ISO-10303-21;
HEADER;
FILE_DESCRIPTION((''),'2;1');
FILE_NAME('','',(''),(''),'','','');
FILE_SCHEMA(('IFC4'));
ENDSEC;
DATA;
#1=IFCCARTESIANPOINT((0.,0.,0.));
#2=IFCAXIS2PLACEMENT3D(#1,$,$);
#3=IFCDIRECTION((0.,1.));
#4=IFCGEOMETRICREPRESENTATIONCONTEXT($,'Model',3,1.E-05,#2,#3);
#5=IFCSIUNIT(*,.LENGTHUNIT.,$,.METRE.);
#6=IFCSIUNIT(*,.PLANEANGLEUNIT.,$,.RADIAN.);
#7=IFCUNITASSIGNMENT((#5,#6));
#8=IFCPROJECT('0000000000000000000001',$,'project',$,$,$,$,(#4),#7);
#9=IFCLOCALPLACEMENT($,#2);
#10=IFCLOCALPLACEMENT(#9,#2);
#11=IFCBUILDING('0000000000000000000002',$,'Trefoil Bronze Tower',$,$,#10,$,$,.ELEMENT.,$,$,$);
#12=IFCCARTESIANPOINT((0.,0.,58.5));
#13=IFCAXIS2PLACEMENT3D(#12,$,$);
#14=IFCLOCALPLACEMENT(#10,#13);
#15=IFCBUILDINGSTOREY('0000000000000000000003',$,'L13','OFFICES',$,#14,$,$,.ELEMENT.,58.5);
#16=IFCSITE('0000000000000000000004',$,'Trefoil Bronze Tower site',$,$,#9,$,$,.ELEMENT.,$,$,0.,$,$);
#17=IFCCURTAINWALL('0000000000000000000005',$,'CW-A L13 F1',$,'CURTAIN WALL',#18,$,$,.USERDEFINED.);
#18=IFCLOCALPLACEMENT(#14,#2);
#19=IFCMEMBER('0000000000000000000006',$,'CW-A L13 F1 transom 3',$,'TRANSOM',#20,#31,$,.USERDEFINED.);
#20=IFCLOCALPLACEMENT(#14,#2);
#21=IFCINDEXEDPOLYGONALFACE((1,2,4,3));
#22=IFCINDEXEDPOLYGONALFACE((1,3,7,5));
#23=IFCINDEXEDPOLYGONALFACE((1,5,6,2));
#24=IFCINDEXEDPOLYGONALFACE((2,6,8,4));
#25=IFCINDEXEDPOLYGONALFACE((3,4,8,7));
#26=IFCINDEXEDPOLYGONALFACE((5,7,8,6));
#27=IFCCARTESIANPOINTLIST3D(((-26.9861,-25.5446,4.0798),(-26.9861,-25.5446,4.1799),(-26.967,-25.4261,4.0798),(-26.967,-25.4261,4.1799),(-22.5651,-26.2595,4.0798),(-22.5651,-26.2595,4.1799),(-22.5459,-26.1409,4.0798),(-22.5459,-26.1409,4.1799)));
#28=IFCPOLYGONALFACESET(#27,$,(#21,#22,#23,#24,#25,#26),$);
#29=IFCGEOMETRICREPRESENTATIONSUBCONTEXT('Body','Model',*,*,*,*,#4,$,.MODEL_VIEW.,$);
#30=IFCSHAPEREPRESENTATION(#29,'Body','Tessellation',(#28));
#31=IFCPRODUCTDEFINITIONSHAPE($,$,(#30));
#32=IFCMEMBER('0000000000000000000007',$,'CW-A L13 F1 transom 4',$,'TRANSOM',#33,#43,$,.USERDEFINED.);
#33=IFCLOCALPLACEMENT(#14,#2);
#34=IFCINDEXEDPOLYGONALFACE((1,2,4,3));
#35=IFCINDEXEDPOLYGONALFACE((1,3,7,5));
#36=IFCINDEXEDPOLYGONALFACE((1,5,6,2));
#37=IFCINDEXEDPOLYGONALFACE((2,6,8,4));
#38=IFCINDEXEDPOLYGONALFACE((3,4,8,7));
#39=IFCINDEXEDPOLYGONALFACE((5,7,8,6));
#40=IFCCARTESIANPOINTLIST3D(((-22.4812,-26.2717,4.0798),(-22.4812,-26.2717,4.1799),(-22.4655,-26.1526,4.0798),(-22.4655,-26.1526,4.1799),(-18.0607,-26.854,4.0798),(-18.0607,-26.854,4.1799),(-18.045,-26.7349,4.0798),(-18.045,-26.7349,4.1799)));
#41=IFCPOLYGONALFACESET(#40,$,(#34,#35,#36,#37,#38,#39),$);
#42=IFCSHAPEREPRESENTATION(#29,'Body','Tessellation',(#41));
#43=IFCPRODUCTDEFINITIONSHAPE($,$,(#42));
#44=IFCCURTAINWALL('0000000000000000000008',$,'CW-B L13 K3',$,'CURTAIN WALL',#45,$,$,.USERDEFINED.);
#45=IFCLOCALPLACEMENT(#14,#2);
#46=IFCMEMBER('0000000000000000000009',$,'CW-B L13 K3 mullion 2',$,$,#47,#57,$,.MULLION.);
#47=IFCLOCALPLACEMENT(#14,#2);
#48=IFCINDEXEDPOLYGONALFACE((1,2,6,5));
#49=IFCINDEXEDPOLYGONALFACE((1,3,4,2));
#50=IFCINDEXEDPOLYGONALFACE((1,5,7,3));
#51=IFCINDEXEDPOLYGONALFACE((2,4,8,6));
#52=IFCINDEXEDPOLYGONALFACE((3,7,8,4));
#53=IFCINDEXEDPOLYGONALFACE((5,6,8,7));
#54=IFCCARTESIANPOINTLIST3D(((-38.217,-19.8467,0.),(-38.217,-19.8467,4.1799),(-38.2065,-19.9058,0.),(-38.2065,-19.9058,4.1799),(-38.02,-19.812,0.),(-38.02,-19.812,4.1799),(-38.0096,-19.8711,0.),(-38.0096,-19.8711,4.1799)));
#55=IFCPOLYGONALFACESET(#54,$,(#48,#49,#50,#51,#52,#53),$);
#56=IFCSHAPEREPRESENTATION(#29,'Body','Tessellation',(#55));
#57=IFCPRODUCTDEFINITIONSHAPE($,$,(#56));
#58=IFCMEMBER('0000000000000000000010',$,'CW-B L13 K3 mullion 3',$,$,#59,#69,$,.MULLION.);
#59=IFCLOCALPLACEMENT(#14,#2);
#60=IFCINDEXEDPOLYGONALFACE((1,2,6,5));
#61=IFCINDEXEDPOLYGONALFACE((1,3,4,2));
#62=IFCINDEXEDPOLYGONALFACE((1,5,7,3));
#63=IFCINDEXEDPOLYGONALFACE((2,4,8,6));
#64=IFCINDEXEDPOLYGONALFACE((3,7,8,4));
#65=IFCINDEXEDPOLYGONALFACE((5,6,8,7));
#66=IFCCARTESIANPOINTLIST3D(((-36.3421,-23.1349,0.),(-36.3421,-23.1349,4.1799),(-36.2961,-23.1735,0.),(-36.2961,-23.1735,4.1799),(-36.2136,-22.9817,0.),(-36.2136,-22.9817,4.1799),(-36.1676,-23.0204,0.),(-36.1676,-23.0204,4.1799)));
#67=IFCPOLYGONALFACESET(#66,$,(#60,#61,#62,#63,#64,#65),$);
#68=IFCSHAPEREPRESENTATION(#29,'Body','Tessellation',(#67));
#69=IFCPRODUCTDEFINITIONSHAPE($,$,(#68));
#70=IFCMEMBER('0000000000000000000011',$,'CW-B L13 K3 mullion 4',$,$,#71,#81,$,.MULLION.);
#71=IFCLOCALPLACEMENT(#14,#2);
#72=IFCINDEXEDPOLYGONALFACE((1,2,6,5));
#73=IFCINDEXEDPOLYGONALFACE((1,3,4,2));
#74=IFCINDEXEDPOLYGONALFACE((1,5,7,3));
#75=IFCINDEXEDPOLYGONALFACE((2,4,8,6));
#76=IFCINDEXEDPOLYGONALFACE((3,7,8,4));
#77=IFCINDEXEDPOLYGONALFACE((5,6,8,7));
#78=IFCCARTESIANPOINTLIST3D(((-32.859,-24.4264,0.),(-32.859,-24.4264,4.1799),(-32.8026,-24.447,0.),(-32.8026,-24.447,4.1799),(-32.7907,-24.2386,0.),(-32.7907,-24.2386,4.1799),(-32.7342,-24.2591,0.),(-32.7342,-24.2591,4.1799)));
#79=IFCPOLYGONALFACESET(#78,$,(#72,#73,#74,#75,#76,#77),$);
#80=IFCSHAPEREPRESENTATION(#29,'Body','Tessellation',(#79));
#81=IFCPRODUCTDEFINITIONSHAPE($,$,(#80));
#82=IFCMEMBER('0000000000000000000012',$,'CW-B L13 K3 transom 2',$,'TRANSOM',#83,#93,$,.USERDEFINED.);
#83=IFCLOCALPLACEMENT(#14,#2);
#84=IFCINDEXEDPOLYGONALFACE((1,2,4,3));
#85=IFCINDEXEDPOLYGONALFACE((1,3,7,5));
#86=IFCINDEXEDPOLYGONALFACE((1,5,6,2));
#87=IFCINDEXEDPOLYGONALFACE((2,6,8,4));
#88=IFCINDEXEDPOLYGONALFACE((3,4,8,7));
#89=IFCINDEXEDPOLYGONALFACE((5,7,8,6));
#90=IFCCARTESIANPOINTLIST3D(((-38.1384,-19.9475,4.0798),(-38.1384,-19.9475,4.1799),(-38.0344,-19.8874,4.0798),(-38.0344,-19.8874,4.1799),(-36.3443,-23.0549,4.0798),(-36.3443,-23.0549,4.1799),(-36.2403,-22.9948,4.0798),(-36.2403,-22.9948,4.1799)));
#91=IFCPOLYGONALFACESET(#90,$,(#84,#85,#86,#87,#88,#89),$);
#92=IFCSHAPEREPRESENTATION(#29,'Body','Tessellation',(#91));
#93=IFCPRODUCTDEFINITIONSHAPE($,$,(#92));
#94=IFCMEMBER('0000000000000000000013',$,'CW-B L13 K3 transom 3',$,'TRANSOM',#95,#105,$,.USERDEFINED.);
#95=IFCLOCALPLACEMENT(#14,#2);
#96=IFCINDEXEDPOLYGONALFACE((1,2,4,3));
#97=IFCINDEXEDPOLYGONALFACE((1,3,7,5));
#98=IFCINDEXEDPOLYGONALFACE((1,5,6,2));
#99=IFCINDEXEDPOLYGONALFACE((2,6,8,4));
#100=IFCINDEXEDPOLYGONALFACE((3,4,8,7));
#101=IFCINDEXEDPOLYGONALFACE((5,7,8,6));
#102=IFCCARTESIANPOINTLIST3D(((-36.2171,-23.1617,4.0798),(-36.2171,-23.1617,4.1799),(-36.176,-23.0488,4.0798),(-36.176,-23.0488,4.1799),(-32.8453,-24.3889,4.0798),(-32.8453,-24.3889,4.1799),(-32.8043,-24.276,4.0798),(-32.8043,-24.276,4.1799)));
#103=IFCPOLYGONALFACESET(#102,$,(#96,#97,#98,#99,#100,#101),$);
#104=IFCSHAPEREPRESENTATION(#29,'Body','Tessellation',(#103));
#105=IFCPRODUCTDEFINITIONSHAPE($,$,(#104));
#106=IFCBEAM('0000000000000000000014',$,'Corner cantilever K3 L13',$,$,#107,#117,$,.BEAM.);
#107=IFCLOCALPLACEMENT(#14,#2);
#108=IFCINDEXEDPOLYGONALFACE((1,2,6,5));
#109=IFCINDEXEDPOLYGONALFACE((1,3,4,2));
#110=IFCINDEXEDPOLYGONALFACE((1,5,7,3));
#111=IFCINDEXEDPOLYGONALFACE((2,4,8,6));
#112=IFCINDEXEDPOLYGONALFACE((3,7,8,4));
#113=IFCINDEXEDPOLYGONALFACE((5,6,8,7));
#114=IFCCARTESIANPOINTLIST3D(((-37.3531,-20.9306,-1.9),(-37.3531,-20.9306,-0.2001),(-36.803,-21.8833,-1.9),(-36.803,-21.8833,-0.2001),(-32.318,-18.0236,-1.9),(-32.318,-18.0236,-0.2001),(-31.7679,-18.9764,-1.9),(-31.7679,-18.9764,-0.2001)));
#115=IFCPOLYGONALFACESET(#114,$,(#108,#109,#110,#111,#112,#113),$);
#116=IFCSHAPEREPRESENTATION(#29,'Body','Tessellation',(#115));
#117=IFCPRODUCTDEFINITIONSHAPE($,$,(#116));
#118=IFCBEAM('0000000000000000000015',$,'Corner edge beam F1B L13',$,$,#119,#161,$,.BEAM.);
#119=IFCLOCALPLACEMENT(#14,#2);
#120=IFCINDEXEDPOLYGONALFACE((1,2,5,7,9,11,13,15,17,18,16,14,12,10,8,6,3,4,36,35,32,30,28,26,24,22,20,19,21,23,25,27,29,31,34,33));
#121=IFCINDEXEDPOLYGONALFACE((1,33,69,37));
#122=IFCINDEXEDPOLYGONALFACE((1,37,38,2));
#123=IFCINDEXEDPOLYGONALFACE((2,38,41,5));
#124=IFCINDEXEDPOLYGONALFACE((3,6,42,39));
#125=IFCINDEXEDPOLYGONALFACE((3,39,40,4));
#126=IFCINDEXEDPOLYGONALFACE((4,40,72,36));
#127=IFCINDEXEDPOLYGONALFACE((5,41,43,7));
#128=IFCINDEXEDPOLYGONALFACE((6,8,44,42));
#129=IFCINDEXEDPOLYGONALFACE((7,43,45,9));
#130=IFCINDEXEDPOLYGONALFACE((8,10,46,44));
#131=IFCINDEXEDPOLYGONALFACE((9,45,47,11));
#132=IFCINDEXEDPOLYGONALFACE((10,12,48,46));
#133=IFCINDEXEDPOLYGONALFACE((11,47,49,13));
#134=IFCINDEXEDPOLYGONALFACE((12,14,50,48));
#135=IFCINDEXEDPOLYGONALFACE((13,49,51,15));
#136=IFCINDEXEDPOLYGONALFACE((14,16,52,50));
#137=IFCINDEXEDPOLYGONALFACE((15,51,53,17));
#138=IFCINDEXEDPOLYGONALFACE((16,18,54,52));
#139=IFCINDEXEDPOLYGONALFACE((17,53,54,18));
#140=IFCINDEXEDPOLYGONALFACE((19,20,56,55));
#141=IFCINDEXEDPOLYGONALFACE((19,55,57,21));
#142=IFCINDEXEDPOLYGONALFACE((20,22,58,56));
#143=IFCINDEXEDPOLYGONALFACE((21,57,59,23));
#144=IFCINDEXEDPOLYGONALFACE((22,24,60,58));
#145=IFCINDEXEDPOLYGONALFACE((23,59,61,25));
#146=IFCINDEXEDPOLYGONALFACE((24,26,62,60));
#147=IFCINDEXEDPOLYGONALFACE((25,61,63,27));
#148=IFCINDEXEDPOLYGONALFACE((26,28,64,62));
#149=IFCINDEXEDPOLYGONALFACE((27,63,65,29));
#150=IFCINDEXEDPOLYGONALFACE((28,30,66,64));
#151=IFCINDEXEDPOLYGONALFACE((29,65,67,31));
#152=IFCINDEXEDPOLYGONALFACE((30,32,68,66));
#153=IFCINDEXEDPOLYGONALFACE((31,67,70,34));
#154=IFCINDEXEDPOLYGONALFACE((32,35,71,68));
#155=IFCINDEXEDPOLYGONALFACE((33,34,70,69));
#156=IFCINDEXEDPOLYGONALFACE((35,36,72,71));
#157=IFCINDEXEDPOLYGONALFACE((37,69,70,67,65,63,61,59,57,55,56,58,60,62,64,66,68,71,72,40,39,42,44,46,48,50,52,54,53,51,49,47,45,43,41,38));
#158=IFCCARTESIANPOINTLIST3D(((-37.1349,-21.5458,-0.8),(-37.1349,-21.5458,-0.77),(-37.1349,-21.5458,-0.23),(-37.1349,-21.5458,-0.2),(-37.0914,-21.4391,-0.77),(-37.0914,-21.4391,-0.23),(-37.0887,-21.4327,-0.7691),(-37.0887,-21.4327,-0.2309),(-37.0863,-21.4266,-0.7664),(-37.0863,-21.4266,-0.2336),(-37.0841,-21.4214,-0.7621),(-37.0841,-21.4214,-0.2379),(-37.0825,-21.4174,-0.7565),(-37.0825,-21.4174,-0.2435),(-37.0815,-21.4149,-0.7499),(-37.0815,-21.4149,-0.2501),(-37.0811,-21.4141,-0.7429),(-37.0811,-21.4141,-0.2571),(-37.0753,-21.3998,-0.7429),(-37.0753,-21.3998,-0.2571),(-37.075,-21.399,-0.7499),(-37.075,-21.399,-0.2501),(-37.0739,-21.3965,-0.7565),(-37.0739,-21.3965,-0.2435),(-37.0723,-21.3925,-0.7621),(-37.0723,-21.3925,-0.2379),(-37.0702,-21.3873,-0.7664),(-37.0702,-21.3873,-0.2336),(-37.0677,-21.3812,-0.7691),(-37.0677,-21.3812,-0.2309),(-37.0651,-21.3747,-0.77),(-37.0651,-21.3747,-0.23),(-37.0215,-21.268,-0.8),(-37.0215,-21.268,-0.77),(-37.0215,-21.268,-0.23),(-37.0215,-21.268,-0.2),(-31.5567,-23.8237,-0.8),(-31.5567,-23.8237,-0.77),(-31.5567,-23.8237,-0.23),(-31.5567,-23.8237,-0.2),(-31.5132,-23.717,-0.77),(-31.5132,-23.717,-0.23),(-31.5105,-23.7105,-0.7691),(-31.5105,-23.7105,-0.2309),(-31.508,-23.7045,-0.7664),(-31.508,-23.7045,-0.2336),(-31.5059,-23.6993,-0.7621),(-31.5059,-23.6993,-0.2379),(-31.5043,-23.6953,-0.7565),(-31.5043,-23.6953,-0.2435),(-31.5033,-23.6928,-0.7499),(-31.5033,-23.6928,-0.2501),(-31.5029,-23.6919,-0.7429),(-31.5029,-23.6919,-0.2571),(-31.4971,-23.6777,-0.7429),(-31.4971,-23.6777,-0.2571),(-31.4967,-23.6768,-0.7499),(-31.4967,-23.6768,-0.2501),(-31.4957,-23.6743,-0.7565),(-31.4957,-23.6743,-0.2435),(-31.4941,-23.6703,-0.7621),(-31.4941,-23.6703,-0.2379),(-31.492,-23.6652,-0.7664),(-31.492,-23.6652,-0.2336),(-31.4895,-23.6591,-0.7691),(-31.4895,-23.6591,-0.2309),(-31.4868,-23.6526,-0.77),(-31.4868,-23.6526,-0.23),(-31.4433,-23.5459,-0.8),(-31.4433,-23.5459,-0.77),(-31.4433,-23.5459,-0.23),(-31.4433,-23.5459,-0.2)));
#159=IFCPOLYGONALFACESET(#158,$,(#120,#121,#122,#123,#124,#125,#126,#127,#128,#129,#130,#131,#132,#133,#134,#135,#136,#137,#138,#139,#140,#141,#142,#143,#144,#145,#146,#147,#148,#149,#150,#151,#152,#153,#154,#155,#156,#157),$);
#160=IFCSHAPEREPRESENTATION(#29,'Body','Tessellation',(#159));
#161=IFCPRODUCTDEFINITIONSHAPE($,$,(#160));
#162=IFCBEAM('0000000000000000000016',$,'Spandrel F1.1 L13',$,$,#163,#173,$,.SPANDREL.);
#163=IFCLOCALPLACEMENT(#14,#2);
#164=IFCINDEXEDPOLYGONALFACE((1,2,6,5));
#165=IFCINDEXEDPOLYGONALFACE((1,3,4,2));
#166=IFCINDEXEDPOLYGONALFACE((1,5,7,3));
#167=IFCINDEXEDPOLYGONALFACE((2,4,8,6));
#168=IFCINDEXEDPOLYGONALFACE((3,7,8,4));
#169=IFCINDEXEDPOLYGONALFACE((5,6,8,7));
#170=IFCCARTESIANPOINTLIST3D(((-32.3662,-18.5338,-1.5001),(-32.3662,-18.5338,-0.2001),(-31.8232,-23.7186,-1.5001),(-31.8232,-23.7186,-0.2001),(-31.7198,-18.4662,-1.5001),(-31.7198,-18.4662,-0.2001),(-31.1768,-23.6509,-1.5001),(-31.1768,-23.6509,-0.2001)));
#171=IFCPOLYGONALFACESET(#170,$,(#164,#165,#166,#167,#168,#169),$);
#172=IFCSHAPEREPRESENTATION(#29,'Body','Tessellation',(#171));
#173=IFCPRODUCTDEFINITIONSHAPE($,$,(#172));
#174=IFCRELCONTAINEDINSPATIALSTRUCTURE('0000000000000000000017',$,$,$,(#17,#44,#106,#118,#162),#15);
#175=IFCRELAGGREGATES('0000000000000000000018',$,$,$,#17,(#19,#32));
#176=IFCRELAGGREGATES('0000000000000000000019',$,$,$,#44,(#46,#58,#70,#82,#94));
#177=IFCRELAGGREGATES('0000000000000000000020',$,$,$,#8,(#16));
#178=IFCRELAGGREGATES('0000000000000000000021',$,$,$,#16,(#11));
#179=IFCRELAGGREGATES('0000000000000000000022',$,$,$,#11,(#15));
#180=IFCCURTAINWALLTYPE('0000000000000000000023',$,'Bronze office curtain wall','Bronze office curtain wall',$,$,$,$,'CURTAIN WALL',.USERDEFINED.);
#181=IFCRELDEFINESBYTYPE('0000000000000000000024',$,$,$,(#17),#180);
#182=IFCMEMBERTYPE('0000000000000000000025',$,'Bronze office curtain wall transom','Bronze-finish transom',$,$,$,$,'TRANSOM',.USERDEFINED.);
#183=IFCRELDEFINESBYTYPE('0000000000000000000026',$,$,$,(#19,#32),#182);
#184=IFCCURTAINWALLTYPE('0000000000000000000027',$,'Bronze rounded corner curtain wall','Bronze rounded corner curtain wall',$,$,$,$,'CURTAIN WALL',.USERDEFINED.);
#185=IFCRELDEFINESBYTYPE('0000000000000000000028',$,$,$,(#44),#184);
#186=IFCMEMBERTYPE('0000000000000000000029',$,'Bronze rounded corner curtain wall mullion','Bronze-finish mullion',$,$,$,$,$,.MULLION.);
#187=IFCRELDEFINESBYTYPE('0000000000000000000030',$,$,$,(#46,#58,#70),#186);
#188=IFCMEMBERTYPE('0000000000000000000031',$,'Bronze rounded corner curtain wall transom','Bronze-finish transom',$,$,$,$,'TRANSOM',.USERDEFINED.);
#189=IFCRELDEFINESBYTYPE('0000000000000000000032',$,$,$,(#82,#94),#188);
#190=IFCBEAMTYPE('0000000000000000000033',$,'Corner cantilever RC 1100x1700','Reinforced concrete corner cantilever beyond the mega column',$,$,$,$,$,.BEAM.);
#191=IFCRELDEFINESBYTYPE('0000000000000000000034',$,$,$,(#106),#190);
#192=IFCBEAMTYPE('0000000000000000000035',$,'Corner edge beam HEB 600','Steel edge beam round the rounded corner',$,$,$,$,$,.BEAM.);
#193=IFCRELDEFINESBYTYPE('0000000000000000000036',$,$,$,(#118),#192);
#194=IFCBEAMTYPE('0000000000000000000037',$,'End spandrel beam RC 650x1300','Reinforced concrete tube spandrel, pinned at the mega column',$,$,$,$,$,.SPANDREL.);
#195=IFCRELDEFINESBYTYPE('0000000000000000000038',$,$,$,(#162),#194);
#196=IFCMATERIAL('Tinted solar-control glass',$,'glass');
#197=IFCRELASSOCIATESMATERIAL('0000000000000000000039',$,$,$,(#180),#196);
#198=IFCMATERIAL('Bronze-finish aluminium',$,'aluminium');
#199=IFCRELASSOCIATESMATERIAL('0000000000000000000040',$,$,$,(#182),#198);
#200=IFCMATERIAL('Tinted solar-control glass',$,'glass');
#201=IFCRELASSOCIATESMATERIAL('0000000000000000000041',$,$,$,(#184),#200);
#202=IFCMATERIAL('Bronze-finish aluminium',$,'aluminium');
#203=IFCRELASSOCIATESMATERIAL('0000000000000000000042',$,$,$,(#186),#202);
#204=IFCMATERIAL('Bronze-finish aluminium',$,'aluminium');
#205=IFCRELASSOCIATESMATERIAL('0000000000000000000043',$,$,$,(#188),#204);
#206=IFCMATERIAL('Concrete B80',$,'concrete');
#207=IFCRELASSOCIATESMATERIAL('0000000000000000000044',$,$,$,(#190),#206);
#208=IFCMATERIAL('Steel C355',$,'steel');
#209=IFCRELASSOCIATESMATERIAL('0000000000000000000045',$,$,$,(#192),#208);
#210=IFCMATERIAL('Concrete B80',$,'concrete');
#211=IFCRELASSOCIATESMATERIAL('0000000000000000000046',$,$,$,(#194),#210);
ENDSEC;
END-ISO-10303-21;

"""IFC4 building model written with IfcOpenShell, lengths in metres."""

from ifc_helpers import new_model, si_unit, direction, frame, origin, origin_2d, place, context, subcontext, project, spatial, rectangle, i_section, extrude, material, material_profile, profile_set, type_object, element, aggregate, save


model = new_model("IFC4")

# Units and contexts
model_context = context("Model", 3, precision=1e-05, world=origin(), true_north=direction((0.0, 1.0)))
body_context = subcontext(model_context, "Body", "Model", "MODEL_VIEW")
ifc_project = project(units=[si_unit("LENGTHUNIT", "METRE"), si_unit("PLANEANGLEUNIT", "RADIAN")], contexts=[model_context])

# Site, building, storey
site_placement = place(None, origin())
site = spatial("IfcSite", under=ifc_project, at=site_placement, Name="Trefoil Bronze Tower site", CompositionType="ELEMENT", RefElevation=0.0)
building_placement = place(site_placement, origin())
building = spatial("IfcBuilding", under=site, at=building_placement, Name="Trefoil Bronze Tower", CompositionType="ELEMENT")
storey_placement = place(building_placement, frame((0.0, 0.0, 58.5)))
storey = spatial("IfcBuildingStorey", under=building, at=storey_placement, Name="L13", Description="OFFICES", CompositionType="ELEMENT", Elevation=58.5)

# Curtain walls, members
ifc_material_1 = material(Name="Tinted solar-control glass", Category="glass")
curtain_wall_type_1 = type_object("IfcCurtainWallType", Name="Bronze office curtain wall", Description="Bronze office curtain wall", ElementType="CURTAIN WALL", PredefinedType="USERDEFINED", material=ifc_material_1)
curtain_wall_1_placement = place(storey_placement, origin())
curtain_wall_1 = element("IfcCurtainWall", 1, at=curtain_wall_1_placement, inside=storey, type_object=curtain_wall_type_1, Name="CW-A L13 F1", ObjectType="CURTAIN WALL", PredefinedType="USERDEFINED")
ifc_material_2 = material(Name="Bronze-finish aluminium", Category="aluminium")
ifc_material_profile_1 = material_profile(ifc_material_2, rectangle(XDim=0.1201, YDim=0.1001, at=origin_2d()), Name="CW-A transom")
ifc_profile_set_1 = profile_set([ifc_material_profile_1], Name="Bronze-finish aluminium")
member_type_1 = type_object("IfcMemberType", Name="Bronze office curtain wall transom", Description="Bronze-finish transom", ElementType="TRANSOM", PredefinedType="USERDEFINED", material=ifc_profile_set_1)
member_1_placement = place(storey_placement, frame((-26.9766, -25.4854, 4.1299), z_axis=(0.987179, -0.159615, 0.0), x_axis=(0.159615, 0.987179, 0.0)))
member_1 = element("IfcMember", 2, at=member_1_placement, type_object=member_type_1, Name="CW-A L13 F1 transom 3", ObjectType="TRANSOM", PredefinedType="USERDEFINED", context=body_context, shape_type="SweptSolid", body=[
    extrude(rectangle(XDim=0.1201, YDim=0.1001, at=origin_2d()), origin(), (0.0, 0.0, 1.0), 4.4785),
])
member_2_placement = place(storey_placement, frame((-22.4734, -26.2122, 4.1299), z_axis=(0.991437, -0.130589, 0.0), x_axis=(0.130589, 0.991437, 0.0)))
member_2 = element("IfcMember", 3, at=member_2_placement, type_object=member_type_1, Name="CW-A L13 F1 transom 4", ObjectType="TRANSOM", PredefinedType="USERDEFINED", context=body_context, shape_type="SweptSolid", body=[
    extrude(rectangle(XDim=0.1201, YDim=0.1001, at=origin_2d()), origin(), (0.0, 0.0, 1.0), 4.4587),
])
ifc_material_3 = material(Name="Tinted solar-control glass", Category="glass")
curtain_wall_type_2 = type_object("IfcCurtainWallType", Name="Bronze rounded corner curtain wall", Description="Bronze rounded corner curtain wall", ElementType="CURTAIN WALL", PredefinedType="USERDEFINED", material=ifc_material_3)
curtain_wall_2_placement = place(storey_placement, origin())
curtain_wall_2 = element("IfcCurtainWall", 4, at=curtain_wall_2_placement, inside=storey, type_object=curtain_wall_type_2, Name="CW-B L13 K3", ObjectType="CURTAIN WALL", PredefinedType="USERDEFINED")
ifc_material_4 = material(Name="Bronze-finish aluminium", Category="aluminium")
ifc_material_profile_2 = material_profile(ifc_material_4, rectangle(XDim=0.2, YDim=0.0601, at=origin_2d()), Name="CW-B mullion")
ifc_profile_set_2 = profile_set([ifc_material_profile_2], Name="Bronze-finish aluminium")
member_type_2 = type_object("IfcMemberType", Name="Bronze rounded corner curtain wall mullion", Description="Bronze-finish mullion", PredefinedType="MULLION", material=ifc_profile_set_2)
member_3_placement = place(storey_placement, frame((-38.1133, -19.8589, 0.0), z_axis=(0.0, 0.0, 1.0), x_axis=(0.984808, 0.173648, 0.0)))
member_3 = element("IfcMember", 5, at=member_3_placement, type_object=member_type_2, Name="CW-B L13 K3 mullion 2", PredefinedType="MULLION", context=body_context, shape_type="SweptSolid", body=[
    extrude(rectangle(XDim=0.2, YDim=0.0601, at=origin_2d()), origin(), (0.0, 0.0, 1.0), 4.1799),
])
member_4_placement = place(storey_placement, frame((-36.2549, -23.0776, 0.0), z_axis=(0.0, 0.0, 1.0), x_axis=(0.642788, 0.766044, 0.0)))
member_4 = element("IfcMember", 6, at=member_4_placement, type_object=member_type_2, Name="CW-B L13 K3 mullion 3", PredefinedType="MULLION", context=body_context, shape_type="SweptSolid", body=[
    extrude(rectangle(XDim=0.2, YDim=0.0601, at=origin_2d()), origin(), (0.0, 0.0, 1.0), 4.1799),
])
member_5_placement = place(storey_placement, frame((-32.7966, -24.3428, 0.0), z_axis=(0.0, 0.0, 1.0), x_axis=(0.34202, 0.939693, 0.0)))
member_5 = element("IfcMember", 7, at=member_5_placement, type_object=member_type_2, Name="CW-B L13 K3 mullion 4", PredefinedType="MULLION", context=body_context, shape_type="SweptSolid", body=[
    extrude(rectangle(XDim=0.2, YDim=0.0601, at=origin_2d()), origin(), (0.0, 0.0, 1.0), 4.1799),
])
ifc_material_5 = material(Name="Bronze-finish aluminium", Category="aluminium")
ifc_material_profile_3 = material_profile(ifc_material_5, rectangle(XDim=0.1201, YDim=0.1001, at=origin_2d()), Name="CW-B transom")
ifc_profile_set_3 = profile_set([ifc_material_profile_3], Name="Bronze-finish aluminium")
member_type_3 = type_object("IfcMemberType", Name="Bronze rounded corner curtain wall transom", Description="Bronze-finish transom", ElementType="TRANSOM", PredefinedType="USERDEFINED", material=ifc_profile_set_3)
member_6_placement = place(storey_placement, frame((-38.0864, -19.9175, 4.1299), z_axis=(0.500025, -0.866011, 0.0), x_axis=(0.866011, 0.500025, 0.0)))
member_6 = element("IfcMember", 8, at=member_6_placement, type_object=member_type_3, Name="CW-B L13 K3 transom 2", ObjectType="TRANSOM", PredefinedType="USERDEFINED", context=body_context, shape_type="SweptSolid", body=[
    extrude(rectangle(XDim=0.1201, YDim=0.1001, at=origin_2d()), origin(), (0.0, 0.0, 1.0), 3.5881),
])
member_7_placement = place(storey_placement, frame((-36.1965, -23.1052, 4.1299), z_axis=(0.939688, -0.342033, 0.0), x_axis=(0.342033, 0.939688, 0.0)))
member_7 = element("IfcMember", 9, at=member_7_placement, type_object=member_type_3, Name="CW-B L13 K3 transom 3", ObjectType="TRANSOM", PredefinedType="USERDEFINED", context=body_context, shape_type="SweptSolid", body=[
    extrude(rectangle(XDim=0.1201, YDim=0.1001, at=origin_2d()), origin(), (0.0, 0.0, 1.0), 3.5881),
])

# Beams
ifc_material_6 = material(Name="Concrete B80", Category="concrete")
ifc_material_profile_4 = material_profile(ifc_material_6, rectangle(XDim=1.1001, YDim=1.7, at=origin_2d()), Name="RC 1100x1700")
ifc_profile_set_4 = profile_set([ifc_material_profile_4], Name="Concrete B80")
beam_type_1 = type_object("IfcBeamType", Name="Corner cantilever RC 1100x1700", Description="Reinforced concrete corner cantilever beyond the mega column", PredefinedType="BEAM", material=ifc_profile_set_4)
beam_1_placement = place(storey_placement, frame((-32.043, -18.5, -1.05), z_axis=(-0.86603, -0.499991, 0.0), x_axis=(0.499991, -0.86603, 0.0)))
element("IfcBeam", 10, at=beam_1_placement, inside=storey, type_object=beam_type_1, Name="Corner cantilever K3 L13", PredefinedType="BEAM", context=body_context, shape_type="SweptSolid", body=[
    extrude(rectangle(XDim=1.1001, YDim=1.7, at=origin_2d()), origin(), (0.0, 0.0, 1.0), 5.814),
])
ifc_material_7 = material(Name="Steel C355", Category="steel")
ifc_material_profile_5 = material_profile(ifc_material_7, i_section(OverallWidth=0.3, OverallDepth=0.6001, WebThickness=0.0154, FlangeThickness=0.03, FilletRadius=0.0271, at=origin_2d()), Name="HEB 600")
ifc_profile_set_5 = profile_set([ifc_material_profile_5], Name="Steel C355")
beam_type_2 = type_object("IfcBeamType", Name="Corner edge beam HEB 600", Description="Steel edge beam round the rounded corner", PredefinedType="BEAM", material=ifc_profile_set_5)
beam_2_placement = place(storey_placement, frame((-31.5, -23.6848, -0.5), z_axis=(-0.925787, 0.378046, 0.0), x_axis=(-0.378046, -0.925787, 0.0)))
element("IfcBeam", 11, at=beam_2_placement, inside=storey, type_object=beam_type_2, Name="Corner edge beam F1B L13", PredefinedType="BEAM", context=body_context, shape_type="SweptSolid", body=[
    extrude(i_section(OverallWidth=0.3, OverallDepth=0.6001, WebThickness=0.0154, FlangeThickness=0.03, FilletRadius=0.0271, at=origin_2d()), origin(), (0.0, 0.0, 1.0), 6.0254),
])
ifc_material_8 = material(Name="Concrete B80", Category="concrete")
ifc_material_profile_6 = material_profile(ifc_material_8, rectangle(XDim=0.6499, YDim=1.3, at=origin_2d()), Name="RC 650x1300")
ifc_profile_set_6 = profile_set([ifc_material_profile_6], Name="Concrete B80")
beam_type_3 = type_object("IfcBeamType", Name="End spandrel beam RC 650x1300", Description="Reinforced concrete tube spandrel, pinned at the mega column", PredefinedType="SPANDREL", material=ifc_profile_set_6)
beam_3_placement = place(storey_placement, frame((-32.043, -18.5, -0.8501), z_axis=(0.104153, -0.994561, 0.0), x_axis=(0.994561, 0.104153, 0.0)))
element("IfcBeam", 12, at=beam_3_placement, inside=storey, type_object=beam_type_3, Name="Spandrel F1.1 L13", PredefinedType="SPANDREL", context=body_context, shape_type="SweptSolid", body=[
    extrude(rectangle(XDim=0.6499, YDim=1.3, at=origin_2d()), origin(), (0.0, 0.0, 1.0), 5.2131),
])

aggregate(curtain_wall_1, [member_1, member_2])
aggregate(curtain_wall_2, [member_3, member_4, member_5, member_6, member_7])

save(model, "model.ifc")
